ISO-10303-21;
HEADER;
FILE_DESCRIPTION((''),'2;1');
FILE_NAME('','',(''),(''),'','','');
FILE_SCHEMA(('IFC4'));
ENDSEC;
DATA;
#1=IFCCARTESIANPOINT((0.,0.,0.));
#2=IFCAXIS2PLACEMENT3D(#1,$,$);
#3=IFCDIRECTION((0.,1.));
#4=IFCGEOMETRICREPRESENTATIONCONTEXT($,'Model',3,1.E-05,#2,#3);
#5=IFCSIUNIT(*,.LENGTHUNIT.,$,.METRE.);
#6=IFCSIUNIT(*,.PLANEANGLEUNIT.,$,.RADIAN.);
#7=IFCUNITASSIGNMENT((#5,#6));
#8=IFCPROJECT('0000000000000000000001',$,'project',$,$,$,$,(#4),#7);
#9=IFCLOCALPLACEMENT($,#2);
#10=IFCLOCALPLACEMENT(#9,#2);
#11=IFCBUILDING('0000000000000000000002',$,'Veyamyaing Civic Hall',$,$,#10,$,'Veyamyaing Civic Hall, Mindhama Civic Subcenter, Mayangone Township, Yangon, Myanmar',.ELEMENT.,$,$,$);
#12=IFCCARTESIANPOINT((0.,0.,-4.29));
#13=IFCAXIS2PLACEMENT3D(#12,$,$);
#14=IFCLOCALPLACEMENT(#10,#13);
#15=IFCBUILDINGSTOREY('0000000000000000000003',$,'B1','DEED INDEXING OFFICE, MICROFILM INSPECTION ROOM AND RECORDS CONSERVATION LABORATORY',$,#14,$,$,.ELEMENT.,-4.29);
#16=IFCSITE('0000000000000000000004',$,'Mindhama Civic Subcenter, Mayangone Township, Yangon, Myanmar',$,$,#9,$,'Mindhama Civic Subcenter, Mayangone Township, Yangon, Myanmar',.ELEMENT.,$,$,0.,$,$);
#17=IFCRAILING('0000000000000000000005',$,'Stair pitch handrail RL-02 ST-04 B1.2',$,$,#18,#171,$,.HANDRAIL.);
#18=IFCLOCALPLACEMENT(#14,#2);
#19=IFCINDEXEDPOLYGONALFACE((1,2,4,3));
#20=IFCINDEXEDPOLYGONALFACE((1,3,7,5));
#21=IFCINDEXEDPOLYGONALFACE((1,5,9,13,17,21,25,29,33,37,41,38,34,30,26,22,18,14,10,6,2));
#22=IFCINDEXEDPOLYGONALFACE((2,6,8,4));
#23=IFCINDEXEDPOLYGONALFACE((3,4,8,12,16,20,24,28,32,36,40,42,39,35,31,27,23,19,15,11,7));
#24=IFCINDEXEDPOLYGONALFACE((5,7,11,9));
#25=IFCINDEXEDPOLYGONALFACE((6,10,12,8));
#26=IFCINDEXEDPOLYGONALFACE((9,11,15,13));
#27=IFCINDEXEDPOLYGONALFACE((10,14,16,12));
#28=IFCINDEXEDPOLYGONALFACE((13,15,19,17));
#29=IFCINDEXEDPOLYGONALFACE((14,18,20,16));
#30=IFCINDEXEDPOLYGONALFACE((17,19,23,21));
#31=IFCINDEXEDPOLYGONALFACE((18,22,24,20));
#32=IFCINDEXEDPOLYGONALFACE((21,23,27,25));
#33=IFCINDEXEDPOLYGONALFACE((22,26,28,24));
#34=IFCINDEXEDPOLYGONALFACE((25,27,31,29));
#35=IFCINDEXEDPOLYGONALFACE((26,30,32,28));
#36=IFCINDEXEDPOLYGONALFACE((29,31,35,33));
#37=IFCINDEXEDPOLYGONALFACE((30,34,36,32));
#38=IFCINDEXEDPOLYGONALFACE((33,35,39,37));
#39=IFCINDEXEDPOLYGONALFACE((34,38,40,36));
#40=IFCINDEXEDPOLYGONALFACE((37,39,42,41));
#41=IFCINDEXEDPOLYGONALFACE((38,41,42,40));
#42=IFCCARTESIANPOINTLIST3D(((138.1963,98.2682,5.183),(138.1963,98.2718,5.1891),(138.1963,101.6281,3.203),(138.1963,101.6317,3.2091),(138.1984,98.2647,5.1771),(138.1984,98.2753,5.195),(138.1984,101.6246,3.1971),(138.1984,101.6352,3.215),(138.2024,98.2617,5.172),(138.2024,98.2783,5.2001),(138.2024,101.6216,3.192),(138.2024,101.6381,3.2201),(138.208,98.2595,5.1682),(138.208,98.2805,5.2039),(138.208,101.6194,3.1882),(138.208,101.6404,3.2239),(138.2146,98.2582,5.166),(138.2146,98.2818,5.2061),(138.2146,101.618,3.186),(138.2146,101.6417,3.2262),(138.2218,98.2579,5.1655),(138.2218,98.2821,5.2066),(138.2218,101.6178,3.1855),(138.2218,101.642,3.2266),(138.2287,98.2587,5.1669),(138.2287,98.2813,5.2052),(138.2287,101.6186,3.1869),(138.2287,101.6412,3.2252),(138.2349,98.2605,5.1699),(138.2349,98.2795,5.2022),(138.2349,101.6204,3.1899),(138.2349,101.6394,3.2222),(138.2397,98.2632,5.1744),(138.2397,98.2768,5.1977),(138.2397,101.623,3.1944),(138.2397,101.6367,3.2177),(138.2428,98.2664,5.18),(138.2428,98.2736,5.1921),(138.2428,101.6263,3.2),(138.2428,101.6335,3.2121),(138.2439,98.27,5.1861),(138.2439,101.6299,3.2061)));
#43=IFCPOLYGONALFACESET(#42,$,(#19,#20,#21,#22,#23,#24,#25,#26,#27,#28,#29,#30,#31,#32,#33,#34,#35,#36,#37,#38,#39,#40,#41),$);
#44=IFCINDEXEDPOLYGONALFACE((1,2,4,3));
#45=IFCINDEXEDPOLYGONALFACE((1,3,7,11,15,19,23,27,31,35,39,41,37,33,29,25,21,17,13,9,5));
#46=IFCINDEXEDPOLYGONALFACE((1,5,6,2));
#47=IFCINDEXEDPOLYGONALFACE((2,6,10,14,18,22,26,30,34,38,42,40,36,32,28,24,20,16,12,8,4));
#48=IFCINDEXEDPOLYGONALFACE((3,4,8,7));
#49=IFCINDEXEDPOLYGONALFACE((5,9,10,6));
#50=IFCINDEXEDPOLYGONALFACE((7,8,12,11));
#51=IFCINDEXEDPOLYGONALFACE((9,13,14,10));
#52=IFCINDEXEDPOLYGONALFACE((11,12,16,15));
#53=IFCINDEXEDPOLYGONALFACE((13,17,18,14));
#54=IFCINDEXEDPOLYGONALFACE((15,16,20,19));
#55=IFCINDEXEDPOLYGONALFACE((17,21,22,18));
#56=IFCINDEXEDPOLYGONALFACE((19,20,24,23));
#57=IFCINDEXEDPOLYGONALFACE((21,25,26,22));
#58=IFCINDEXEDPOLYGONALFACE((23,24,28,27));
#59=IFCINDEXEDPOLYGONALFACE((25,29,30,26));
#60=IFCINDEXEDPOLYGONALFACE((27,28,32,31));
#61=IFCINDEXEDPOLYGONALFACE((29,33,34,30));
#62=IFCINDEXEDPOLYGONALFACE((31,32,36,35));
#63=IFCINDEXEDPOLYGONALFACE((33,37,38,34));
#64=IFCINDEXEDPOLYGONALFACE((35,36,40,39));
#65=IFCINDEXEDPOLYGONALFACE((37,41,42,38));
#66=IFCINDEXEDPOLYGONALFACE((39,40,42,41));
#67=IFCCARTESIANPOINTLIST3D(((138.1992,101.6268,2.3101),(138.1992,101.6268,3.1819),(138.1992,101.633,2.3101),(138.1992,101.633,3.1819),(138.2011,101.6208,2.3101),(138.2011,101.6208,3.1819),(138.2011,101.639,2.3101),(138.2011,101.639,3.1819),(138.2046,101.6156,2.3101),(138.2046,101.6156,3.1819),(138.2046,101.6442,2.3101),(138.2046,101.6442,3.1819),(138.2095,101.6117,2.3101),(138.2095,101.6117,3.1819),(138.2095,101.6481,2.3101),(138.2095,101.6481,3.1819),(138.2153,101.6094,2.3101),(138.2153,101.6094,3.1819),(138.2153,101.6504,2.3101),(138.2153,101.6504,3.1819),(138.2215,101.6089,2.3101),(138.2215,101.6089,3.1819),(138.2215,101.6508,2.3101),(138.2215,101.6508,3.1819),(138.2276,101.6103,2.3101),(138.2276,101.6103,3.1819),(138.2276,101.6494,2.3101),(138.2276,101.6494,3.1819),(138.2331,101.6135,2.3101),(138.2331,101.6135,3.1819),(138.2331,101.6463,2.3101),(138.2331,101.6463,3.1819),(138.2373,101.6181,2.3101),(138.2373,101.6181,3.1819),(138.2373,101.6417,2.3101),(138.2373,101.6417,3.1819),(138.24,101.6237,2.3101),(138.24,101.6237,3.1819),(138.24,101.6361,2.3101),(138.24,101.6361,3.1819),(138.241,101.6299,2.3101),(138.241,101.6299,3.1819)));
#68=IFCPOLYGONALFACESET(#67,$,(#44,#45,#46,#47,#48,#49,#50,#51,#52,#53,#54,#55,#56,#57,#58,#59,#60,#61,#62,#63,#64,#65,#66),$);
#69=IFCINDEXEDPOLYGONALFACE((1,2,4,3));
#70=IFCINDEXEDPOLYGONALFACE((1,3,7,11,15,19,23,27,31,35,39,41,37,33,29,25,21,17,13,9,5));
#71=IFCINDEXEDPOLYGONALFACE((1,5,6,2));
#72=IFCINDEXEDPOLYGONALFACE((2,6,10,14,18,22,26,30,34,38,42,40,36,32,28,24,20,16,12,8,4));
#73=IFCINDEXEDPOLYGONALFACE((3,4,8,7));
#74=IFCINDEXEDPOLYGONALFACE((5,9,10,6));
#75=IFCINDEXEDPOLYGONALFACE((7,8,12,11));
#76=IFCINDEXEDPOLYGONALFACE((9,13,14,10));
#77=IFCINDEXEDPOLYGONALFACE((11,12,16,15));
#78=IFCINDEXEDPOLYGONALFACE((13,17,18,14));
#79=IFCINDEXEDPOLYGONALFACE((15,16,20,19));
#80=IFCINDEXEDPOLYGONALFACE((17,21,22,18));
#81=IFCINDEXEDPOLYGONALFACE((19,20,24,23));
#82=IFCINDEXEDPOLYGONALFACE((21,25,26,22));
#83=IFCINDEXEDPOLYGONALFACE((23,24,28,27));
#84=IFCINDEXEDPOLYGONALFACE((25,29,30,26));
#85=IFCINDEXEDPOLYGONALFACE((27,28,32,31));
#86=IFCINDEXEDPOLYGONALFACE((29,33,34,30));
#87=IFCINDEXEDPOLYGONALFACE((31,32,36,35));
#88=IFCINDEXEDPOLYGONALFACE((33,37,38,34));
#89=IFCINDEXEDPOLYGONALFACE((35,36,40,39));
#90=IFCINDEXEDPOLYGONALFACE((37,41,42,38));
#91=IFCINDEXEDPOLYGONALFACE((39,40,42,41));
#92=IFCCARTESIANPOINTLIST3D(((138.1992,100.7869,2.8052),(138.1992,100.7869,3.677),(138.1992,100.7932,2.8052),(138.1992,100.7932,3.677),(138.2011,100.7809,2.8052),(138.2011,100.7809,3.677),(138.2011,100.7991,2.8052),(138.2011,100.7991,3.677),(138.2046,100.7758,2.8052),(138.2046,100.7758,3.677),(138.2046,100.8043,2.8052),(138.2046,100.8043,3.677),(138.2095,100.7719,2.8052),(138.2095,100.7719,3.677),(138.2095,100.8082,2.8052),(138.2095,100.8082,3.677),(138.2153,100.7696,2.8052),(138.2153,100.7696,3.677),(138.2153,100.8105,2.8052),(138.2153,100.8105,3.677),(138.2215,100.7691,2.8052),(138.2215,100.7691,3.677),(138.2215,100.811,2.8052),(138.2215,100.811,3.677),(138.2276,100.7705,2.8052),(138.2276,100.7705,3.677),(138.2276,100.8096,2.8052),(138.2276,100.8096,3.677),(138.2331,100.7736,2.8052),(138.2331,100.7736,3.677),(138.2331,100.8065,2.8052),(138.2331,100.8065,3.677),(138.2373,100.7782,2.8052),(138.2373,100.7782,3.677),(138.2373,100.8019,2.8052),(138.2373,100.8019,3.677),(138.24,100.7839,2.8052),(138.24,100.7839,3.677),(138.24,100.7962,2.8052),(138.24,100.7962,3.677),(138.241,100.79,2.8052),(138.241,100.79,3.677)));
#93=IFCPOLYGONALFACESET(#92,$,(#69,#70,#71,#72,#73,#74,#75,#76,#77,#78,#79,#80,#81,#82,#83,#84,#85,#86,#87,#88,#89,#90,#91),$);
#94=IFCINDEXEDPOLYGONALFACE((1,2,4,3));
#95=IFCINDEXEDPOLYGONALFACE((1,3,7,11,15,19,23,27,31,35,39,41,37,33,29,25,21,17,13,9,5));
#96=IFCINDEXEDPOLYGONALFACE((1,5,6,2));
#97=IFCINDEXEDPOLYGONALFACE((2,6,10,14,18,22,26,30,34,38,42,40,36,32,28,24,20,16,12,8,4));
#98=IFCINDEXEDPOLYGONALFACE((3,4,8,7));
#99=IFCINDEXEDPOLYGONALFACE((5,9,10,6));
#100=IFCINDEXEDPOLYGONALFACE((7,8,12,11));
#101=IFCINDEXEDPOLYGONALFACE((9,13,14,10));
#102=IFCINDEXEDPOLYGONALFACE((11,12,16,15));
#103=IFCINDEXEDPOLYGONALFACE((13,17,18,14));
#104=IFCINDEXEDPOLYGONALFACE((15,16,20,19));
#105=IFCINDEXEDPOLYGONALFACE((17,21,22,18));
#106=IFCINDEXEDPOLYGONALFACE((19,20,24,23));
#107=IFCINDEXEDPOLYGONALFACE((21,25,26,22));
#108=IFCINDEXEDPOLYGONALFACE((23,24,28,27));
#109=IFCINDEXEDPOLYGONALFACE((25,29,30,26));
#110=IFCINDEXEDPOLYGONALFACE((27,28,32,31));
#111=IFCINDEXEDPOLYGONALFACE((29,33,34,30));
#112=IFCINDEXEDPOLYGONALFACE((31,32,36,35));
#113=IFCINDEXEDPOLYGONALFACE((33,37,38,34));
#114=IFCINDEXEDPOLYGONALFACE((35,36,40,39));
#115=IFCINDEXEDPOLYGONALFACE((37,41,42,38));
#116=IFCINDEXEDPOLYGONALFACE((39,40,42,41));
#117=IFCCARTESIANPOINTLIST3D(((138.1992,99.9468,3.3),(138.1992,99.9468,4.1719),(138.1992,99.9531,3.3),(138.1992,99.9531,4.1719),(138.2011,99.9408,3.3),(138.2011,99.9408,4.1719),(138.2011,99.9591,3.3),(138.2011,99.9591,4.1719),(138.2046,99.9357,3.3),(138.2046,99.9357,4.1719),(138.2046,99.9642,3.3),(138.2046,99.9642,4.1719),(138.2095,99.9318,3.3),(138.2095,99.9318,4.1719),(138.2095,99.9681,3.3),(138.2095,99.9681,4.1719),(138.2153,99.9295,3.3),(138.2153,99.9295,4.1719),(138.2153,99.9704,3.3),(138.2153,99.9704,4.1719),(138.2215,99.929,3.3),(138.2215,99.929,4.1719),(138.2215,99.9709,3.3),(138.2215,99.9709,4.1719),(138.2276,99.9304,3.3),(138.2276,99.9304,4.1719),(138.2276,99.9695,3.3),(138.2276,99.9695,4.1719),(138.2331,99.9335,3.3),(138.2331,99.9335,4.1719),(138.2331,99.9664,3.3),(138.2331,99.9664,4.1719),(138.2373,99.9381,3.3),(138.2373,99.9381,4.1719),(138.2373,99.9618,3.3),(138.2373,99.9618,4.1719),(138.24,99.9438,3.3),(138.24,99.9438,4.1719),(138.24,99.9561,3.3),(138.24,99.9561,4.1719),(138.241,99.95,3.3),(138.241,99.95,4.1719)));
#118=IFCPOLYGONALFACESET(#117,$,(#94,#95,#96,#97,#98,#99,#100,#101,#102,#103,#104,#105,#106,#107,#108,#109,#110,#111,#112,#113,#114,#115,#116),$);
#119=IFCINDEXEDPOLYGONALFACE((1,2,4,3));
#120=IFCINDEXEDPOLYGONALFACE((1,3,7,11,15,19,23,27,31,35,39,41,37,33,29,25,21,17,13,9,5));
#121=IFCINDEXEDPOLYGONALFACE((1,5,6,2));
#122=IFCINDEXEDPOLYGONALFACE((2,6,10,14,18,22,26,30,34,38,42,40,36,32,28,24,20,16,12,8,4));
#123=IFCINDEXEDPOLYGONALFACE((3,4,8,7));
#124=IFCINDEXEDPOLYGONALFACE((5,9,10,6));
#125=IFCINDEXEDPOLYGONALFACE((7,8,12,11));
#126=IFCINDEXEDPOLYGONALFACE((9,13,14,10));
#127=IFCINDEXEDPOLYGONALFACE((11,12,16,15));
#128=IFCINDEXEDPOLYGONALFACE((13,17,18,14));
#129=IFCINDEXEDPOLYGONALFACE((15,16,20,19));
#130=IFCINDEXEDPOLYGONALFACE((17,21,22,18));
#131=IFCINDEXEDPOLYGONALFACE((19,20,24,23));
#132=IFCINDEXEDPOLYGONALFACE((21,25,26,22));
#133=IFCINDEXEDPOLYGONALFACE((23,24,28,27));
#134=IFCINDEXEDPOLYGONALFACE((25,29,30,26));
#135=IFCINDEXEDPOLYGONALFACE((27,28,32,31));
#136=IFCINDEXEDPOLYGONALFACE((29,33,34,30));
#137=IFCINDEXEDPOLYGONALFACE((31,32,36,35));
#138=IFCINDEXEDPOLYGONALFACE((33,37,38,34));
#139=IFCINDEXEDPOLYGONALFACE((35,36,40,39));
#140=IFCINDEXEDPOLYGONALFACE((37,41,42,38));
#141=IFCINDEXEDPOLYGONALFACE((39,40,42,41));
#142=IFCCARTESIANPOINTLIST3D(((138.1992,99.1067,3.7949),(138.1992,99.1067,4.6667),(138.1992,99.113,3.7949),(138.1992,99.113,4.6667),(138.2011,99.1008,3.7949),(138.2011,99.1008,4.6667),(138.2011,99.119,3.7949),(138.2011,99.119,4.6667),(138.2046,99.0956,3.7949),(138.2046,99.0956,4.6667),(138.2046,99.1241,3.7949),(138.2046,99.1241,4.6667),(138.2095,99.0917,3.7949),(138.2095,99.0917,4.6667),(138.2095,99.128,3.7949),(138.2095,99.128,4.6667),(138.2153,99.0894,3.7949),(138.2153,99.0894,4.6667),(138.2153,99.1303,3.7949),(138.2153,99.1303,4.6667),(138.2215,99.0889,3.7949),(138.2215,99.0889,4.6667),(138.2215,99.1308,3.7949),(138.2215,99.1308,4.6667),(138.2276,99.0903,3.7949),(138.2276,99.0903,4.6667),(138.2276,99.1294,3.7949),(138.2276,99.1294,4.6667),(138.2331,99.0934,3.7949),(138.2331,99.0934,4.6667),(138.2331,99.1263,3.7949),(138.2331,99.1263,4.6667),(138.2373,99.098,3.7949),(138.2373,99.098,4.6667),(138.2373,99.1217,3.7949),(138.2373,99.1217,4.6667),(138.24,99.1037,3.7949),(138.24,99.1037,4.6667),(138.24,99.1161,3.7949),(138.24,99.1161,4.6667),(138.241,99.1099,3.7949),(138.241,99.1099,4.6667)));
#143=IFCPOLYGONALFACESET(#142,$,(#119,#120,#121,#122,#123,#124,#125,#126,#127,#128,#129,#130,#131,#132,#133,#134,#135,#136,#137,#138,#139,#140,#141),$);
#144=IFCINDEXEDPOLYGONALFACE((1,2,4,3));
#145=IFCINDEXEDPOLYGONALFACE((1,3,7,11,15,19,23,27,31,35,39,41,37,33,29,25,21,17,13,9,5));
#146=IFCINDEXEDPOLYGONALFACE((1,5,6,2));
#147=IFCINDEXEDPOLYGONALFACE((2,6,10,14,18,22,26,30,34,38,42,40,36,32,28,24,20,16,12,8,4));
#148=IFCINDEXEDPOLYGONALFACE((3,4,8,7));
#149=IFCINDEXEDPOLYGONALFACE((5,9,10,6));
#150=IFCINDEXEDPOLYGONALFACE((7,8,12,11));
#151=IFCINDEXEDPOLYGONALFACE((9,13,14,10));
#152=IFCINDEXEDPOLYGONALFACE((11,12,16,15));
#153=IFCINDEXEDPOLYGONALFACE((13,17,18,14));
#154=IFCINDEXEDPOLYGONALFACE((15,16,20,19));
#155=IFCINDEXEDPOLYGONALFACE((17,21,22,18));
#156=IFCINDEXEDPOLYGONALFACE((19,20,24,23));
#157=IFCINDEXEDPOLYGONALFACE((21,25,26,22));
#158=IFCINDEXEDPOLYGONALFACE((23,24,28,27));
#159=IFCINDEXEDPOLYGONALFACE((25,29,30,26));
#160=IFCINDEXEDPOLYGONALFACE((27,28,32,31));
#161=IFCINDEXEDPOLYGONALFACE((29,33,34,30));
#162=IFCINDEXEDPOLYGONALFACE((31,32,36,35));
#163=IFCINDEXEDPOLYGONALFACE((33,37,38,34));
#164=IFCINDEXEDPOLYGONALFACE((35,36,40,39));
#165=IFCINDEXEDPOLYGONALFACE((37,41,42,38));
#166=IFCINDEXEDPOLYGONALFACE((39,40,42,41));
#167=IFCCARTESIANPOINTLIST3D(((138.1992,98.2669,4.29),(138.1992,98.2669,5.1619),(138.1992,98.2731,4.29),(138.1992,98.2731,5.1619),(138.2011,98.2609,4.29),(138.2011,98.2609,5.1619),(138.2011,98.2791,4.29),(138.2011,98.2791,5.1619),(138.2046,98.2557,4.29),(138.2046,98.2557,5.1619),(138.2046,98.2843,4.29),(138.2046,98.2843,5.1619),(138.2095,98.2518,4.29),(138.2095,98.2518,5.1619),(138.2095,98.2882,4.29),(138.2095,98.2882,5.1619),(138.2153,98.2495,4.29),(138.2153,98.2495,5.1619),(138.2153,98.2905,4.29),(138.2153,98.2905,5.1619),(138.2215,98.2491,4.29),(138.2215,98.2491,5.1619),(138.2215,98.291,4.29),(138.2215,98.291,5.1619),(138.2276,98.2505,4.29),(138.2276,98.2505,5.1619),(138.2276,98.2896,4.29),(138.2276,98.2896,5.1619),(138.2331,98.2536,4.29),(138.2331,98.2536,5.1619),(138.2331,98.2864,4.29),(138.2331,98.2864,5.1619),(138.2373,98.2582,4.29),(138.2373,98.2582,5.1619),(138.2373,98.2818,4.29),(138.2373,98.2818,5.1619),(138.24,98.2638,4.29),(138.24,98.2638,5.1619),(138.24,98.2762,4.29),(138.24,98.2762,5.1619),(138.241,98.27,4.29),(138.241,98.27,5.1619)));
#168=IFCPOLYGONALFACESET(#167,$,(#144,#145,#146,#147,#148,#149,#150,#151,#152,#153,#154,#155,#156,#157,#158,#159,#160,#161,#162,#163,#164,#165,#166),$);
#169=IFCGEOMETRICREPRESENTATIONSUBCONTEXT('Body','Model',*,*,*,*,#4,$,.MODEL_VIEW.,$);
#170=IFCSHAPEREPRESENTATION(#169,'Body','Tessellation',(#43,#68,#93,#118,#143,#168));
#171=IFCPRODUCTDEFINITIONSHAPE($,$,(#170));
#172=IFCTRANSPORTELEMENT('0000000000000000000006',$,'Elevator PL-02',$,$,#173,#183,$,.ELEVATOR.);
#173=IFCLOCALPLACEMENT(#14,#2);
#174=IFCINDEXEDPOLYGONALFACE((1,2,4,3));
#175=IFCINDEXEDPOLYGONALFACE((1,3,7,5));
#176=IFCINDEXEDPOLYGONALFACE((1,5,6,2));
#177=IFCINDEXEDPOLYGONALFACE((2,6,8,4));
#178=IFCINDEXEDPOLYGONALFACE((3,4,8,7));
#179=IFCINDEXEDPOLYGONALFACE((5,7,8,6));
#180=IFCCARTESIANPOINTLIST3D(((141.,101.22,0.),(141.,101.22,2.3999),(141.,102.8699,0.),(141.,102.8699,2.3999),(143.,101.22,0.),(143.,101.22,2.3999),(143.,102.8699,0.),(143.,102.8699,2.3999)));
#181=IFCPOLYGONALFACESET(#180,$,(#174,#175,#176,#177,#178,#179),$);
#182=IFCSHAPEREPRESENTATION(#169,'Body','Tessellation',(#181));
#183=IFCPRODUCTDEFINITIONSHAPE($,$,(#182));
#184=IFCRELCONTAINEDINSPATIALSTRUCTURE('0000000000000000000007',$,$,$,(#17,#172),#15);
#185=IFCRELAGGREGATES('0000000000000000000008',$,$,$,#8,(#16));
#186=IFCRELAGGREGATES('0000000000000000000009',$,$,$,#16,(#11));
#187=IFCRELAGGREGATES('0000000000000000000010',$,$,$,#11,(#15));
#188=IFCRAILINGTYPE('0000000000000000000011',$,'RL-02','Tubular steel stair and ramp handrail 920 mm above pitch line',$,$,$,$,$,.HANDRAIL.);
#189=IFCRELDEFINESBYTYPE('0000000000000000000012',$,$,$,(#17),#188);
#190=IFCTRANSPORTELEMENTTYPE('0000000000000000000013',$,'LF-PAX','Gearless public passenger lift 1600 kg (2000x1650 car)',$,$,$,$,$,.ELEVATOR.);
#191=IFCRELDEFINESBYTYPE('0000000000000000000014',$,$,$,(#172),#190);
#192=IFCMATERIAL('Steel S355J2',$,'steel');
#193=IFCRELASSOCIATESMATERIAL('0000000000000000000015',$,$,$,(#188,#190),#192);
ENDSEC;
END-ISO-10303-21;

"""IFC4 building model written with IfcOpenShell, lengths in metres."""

from ifc_helpers import new_model, si_unit, direction, frame, origin, origin_2d, place, context, subcontext, project, spatial, rectangle, circle, extrude, material, type_object, element, save


model = new_model("IFC4")

# Units and contexts
model_context = context("Model", 3, precision=1e-05, world=origin(), true_north=direction((0.0, 1.0)))
body_context = subcontext(model_context, "Body", "Model", "MODEL_VIEW")
ifc_project = project(units=[si_unit("LENGTHUNIT", "METRE"), si_unit("PLANEANGLEUNIT", "RADIAN")], contexts=[model_context])

# Site, building, storey
site_placement = place(None, origin())
site = spatial("IfcSite", under=ifc_project, at=site_placement, Name="Mindhama Civic Subcenter, Mayangone Township, Yangon, Myanmar", LongName="Mindhama Civic Subcenter, Mayangone Township, Yangon, Myanmar", CompositionType="ELEMENT", RefElevation=0.0)
building_placement = place(site_placement, origin())
building = spatial("IfcBuilding", under=site, at=building_placement, Name="Veyamyaing Civic Hall", LongName="Veyamyaing Civic Hall, Mindhama Civic Subcenter, Mayangone Township, Yangon, Myanmar", CompositionType="ELEMENT")
storey_placement = place(building_placement, frame((0.0, 0.0, -4.29)))
storey = spatial("IfcBuildingStorey", under=building, at=storey_placement, Name="B1", Description="DEED INDEXING OFFICE, MICROFILM INSPECTION ROOM AND RECORDS CONSERVATION LABORATORY", CompositionType="ELEMENT", Elevation=-4.29)

# Railing
ifc_material_1 = material(Name="Steel S355J2", Category="steel")
railing_type_1 = type_object("IfcRailingType", Name="RL-02", Description="Tubular steel stair and ramp handrail 920 mm above pitch line", PredefinedType="HANDRAIL", material=ifc_material_1)
railing_1_placement = place(storey_placement, frame((138.22, 101.6299, 2.3101)))
element("IfcRailing", 1, at=railing_1_placement, inside=storey, type_object=railing_type_1, Name="Stair pitch handrail RL-02 ST-04 B1.2", PredefinedType="HANDRAIL", context=body_context, shape_type="SweptSolid", body=[
    extrude(circle(Radius=0.0239, at=origin_2d()), frame((0.0, 0.0, 0.896), z_axis=(0.0, -0.861532, 0.507704), x_axis=(1.0, 0.0, 0.0)), (0.0, 0.0, 1.0), 3.8999),
    extrude(circle(Radius=0.021, at=origin_2d()), origin(), (0.0, 0.0, 1.0), 0.8718),
    extrude(circle(Radius=0.021, at=origin_2d()), frame((0.0, -0.8398, 0.4951)), (0.0, 0.0, 1.0), 0.8718),
    extrude(circle(Radius=0.021, at=origin_2d()), frame((0.0, -1.6799, 0.99)), (0.0, 0.0, 1.0), 0.8718),
    extrude(circle(Radius=0.021, at=origin_2d()), frame((0.0, -2.52, 1.4849)), (0.0, 0.0, 1.0), 0.8718),
    extrude(circle(Radius=0.021, at=origin_2d()), frame((0.0, -3.3599, 1.98)), (0.0, 0.0, 1.0), 0.8718),
])

# Transport element
transport_element_type = type_object("IfcTransportElementType", Name="LF-PAX", Description="Gearless public passenger lift 1600 kg (2000x1650 car)", PredefinedType="ELEVATOR", material=ifc_material_1)
transport_element_placement = place(storey_placement, frame((142.0, 102.0449, 0.0), z_axis=(0.0, 0.0, 1.0), x_axis=(1.0, 0.0, 0.0)))
element("IfcTransportElement", 2, at=transport_element_placement, inside=storey, type_object=transport_element_type, Name="Elevator PL-02", PredefinedType="ELEVATOR", context=body_context, shape_type="SweptSolid", body=[
    extrude(rectangle(XDim=2.0, YDim=1.6499, at=origin_2d()), origin(), (0.0, 0.0, 1.0), 2.3999),
])

save(model, "model.ifc")
